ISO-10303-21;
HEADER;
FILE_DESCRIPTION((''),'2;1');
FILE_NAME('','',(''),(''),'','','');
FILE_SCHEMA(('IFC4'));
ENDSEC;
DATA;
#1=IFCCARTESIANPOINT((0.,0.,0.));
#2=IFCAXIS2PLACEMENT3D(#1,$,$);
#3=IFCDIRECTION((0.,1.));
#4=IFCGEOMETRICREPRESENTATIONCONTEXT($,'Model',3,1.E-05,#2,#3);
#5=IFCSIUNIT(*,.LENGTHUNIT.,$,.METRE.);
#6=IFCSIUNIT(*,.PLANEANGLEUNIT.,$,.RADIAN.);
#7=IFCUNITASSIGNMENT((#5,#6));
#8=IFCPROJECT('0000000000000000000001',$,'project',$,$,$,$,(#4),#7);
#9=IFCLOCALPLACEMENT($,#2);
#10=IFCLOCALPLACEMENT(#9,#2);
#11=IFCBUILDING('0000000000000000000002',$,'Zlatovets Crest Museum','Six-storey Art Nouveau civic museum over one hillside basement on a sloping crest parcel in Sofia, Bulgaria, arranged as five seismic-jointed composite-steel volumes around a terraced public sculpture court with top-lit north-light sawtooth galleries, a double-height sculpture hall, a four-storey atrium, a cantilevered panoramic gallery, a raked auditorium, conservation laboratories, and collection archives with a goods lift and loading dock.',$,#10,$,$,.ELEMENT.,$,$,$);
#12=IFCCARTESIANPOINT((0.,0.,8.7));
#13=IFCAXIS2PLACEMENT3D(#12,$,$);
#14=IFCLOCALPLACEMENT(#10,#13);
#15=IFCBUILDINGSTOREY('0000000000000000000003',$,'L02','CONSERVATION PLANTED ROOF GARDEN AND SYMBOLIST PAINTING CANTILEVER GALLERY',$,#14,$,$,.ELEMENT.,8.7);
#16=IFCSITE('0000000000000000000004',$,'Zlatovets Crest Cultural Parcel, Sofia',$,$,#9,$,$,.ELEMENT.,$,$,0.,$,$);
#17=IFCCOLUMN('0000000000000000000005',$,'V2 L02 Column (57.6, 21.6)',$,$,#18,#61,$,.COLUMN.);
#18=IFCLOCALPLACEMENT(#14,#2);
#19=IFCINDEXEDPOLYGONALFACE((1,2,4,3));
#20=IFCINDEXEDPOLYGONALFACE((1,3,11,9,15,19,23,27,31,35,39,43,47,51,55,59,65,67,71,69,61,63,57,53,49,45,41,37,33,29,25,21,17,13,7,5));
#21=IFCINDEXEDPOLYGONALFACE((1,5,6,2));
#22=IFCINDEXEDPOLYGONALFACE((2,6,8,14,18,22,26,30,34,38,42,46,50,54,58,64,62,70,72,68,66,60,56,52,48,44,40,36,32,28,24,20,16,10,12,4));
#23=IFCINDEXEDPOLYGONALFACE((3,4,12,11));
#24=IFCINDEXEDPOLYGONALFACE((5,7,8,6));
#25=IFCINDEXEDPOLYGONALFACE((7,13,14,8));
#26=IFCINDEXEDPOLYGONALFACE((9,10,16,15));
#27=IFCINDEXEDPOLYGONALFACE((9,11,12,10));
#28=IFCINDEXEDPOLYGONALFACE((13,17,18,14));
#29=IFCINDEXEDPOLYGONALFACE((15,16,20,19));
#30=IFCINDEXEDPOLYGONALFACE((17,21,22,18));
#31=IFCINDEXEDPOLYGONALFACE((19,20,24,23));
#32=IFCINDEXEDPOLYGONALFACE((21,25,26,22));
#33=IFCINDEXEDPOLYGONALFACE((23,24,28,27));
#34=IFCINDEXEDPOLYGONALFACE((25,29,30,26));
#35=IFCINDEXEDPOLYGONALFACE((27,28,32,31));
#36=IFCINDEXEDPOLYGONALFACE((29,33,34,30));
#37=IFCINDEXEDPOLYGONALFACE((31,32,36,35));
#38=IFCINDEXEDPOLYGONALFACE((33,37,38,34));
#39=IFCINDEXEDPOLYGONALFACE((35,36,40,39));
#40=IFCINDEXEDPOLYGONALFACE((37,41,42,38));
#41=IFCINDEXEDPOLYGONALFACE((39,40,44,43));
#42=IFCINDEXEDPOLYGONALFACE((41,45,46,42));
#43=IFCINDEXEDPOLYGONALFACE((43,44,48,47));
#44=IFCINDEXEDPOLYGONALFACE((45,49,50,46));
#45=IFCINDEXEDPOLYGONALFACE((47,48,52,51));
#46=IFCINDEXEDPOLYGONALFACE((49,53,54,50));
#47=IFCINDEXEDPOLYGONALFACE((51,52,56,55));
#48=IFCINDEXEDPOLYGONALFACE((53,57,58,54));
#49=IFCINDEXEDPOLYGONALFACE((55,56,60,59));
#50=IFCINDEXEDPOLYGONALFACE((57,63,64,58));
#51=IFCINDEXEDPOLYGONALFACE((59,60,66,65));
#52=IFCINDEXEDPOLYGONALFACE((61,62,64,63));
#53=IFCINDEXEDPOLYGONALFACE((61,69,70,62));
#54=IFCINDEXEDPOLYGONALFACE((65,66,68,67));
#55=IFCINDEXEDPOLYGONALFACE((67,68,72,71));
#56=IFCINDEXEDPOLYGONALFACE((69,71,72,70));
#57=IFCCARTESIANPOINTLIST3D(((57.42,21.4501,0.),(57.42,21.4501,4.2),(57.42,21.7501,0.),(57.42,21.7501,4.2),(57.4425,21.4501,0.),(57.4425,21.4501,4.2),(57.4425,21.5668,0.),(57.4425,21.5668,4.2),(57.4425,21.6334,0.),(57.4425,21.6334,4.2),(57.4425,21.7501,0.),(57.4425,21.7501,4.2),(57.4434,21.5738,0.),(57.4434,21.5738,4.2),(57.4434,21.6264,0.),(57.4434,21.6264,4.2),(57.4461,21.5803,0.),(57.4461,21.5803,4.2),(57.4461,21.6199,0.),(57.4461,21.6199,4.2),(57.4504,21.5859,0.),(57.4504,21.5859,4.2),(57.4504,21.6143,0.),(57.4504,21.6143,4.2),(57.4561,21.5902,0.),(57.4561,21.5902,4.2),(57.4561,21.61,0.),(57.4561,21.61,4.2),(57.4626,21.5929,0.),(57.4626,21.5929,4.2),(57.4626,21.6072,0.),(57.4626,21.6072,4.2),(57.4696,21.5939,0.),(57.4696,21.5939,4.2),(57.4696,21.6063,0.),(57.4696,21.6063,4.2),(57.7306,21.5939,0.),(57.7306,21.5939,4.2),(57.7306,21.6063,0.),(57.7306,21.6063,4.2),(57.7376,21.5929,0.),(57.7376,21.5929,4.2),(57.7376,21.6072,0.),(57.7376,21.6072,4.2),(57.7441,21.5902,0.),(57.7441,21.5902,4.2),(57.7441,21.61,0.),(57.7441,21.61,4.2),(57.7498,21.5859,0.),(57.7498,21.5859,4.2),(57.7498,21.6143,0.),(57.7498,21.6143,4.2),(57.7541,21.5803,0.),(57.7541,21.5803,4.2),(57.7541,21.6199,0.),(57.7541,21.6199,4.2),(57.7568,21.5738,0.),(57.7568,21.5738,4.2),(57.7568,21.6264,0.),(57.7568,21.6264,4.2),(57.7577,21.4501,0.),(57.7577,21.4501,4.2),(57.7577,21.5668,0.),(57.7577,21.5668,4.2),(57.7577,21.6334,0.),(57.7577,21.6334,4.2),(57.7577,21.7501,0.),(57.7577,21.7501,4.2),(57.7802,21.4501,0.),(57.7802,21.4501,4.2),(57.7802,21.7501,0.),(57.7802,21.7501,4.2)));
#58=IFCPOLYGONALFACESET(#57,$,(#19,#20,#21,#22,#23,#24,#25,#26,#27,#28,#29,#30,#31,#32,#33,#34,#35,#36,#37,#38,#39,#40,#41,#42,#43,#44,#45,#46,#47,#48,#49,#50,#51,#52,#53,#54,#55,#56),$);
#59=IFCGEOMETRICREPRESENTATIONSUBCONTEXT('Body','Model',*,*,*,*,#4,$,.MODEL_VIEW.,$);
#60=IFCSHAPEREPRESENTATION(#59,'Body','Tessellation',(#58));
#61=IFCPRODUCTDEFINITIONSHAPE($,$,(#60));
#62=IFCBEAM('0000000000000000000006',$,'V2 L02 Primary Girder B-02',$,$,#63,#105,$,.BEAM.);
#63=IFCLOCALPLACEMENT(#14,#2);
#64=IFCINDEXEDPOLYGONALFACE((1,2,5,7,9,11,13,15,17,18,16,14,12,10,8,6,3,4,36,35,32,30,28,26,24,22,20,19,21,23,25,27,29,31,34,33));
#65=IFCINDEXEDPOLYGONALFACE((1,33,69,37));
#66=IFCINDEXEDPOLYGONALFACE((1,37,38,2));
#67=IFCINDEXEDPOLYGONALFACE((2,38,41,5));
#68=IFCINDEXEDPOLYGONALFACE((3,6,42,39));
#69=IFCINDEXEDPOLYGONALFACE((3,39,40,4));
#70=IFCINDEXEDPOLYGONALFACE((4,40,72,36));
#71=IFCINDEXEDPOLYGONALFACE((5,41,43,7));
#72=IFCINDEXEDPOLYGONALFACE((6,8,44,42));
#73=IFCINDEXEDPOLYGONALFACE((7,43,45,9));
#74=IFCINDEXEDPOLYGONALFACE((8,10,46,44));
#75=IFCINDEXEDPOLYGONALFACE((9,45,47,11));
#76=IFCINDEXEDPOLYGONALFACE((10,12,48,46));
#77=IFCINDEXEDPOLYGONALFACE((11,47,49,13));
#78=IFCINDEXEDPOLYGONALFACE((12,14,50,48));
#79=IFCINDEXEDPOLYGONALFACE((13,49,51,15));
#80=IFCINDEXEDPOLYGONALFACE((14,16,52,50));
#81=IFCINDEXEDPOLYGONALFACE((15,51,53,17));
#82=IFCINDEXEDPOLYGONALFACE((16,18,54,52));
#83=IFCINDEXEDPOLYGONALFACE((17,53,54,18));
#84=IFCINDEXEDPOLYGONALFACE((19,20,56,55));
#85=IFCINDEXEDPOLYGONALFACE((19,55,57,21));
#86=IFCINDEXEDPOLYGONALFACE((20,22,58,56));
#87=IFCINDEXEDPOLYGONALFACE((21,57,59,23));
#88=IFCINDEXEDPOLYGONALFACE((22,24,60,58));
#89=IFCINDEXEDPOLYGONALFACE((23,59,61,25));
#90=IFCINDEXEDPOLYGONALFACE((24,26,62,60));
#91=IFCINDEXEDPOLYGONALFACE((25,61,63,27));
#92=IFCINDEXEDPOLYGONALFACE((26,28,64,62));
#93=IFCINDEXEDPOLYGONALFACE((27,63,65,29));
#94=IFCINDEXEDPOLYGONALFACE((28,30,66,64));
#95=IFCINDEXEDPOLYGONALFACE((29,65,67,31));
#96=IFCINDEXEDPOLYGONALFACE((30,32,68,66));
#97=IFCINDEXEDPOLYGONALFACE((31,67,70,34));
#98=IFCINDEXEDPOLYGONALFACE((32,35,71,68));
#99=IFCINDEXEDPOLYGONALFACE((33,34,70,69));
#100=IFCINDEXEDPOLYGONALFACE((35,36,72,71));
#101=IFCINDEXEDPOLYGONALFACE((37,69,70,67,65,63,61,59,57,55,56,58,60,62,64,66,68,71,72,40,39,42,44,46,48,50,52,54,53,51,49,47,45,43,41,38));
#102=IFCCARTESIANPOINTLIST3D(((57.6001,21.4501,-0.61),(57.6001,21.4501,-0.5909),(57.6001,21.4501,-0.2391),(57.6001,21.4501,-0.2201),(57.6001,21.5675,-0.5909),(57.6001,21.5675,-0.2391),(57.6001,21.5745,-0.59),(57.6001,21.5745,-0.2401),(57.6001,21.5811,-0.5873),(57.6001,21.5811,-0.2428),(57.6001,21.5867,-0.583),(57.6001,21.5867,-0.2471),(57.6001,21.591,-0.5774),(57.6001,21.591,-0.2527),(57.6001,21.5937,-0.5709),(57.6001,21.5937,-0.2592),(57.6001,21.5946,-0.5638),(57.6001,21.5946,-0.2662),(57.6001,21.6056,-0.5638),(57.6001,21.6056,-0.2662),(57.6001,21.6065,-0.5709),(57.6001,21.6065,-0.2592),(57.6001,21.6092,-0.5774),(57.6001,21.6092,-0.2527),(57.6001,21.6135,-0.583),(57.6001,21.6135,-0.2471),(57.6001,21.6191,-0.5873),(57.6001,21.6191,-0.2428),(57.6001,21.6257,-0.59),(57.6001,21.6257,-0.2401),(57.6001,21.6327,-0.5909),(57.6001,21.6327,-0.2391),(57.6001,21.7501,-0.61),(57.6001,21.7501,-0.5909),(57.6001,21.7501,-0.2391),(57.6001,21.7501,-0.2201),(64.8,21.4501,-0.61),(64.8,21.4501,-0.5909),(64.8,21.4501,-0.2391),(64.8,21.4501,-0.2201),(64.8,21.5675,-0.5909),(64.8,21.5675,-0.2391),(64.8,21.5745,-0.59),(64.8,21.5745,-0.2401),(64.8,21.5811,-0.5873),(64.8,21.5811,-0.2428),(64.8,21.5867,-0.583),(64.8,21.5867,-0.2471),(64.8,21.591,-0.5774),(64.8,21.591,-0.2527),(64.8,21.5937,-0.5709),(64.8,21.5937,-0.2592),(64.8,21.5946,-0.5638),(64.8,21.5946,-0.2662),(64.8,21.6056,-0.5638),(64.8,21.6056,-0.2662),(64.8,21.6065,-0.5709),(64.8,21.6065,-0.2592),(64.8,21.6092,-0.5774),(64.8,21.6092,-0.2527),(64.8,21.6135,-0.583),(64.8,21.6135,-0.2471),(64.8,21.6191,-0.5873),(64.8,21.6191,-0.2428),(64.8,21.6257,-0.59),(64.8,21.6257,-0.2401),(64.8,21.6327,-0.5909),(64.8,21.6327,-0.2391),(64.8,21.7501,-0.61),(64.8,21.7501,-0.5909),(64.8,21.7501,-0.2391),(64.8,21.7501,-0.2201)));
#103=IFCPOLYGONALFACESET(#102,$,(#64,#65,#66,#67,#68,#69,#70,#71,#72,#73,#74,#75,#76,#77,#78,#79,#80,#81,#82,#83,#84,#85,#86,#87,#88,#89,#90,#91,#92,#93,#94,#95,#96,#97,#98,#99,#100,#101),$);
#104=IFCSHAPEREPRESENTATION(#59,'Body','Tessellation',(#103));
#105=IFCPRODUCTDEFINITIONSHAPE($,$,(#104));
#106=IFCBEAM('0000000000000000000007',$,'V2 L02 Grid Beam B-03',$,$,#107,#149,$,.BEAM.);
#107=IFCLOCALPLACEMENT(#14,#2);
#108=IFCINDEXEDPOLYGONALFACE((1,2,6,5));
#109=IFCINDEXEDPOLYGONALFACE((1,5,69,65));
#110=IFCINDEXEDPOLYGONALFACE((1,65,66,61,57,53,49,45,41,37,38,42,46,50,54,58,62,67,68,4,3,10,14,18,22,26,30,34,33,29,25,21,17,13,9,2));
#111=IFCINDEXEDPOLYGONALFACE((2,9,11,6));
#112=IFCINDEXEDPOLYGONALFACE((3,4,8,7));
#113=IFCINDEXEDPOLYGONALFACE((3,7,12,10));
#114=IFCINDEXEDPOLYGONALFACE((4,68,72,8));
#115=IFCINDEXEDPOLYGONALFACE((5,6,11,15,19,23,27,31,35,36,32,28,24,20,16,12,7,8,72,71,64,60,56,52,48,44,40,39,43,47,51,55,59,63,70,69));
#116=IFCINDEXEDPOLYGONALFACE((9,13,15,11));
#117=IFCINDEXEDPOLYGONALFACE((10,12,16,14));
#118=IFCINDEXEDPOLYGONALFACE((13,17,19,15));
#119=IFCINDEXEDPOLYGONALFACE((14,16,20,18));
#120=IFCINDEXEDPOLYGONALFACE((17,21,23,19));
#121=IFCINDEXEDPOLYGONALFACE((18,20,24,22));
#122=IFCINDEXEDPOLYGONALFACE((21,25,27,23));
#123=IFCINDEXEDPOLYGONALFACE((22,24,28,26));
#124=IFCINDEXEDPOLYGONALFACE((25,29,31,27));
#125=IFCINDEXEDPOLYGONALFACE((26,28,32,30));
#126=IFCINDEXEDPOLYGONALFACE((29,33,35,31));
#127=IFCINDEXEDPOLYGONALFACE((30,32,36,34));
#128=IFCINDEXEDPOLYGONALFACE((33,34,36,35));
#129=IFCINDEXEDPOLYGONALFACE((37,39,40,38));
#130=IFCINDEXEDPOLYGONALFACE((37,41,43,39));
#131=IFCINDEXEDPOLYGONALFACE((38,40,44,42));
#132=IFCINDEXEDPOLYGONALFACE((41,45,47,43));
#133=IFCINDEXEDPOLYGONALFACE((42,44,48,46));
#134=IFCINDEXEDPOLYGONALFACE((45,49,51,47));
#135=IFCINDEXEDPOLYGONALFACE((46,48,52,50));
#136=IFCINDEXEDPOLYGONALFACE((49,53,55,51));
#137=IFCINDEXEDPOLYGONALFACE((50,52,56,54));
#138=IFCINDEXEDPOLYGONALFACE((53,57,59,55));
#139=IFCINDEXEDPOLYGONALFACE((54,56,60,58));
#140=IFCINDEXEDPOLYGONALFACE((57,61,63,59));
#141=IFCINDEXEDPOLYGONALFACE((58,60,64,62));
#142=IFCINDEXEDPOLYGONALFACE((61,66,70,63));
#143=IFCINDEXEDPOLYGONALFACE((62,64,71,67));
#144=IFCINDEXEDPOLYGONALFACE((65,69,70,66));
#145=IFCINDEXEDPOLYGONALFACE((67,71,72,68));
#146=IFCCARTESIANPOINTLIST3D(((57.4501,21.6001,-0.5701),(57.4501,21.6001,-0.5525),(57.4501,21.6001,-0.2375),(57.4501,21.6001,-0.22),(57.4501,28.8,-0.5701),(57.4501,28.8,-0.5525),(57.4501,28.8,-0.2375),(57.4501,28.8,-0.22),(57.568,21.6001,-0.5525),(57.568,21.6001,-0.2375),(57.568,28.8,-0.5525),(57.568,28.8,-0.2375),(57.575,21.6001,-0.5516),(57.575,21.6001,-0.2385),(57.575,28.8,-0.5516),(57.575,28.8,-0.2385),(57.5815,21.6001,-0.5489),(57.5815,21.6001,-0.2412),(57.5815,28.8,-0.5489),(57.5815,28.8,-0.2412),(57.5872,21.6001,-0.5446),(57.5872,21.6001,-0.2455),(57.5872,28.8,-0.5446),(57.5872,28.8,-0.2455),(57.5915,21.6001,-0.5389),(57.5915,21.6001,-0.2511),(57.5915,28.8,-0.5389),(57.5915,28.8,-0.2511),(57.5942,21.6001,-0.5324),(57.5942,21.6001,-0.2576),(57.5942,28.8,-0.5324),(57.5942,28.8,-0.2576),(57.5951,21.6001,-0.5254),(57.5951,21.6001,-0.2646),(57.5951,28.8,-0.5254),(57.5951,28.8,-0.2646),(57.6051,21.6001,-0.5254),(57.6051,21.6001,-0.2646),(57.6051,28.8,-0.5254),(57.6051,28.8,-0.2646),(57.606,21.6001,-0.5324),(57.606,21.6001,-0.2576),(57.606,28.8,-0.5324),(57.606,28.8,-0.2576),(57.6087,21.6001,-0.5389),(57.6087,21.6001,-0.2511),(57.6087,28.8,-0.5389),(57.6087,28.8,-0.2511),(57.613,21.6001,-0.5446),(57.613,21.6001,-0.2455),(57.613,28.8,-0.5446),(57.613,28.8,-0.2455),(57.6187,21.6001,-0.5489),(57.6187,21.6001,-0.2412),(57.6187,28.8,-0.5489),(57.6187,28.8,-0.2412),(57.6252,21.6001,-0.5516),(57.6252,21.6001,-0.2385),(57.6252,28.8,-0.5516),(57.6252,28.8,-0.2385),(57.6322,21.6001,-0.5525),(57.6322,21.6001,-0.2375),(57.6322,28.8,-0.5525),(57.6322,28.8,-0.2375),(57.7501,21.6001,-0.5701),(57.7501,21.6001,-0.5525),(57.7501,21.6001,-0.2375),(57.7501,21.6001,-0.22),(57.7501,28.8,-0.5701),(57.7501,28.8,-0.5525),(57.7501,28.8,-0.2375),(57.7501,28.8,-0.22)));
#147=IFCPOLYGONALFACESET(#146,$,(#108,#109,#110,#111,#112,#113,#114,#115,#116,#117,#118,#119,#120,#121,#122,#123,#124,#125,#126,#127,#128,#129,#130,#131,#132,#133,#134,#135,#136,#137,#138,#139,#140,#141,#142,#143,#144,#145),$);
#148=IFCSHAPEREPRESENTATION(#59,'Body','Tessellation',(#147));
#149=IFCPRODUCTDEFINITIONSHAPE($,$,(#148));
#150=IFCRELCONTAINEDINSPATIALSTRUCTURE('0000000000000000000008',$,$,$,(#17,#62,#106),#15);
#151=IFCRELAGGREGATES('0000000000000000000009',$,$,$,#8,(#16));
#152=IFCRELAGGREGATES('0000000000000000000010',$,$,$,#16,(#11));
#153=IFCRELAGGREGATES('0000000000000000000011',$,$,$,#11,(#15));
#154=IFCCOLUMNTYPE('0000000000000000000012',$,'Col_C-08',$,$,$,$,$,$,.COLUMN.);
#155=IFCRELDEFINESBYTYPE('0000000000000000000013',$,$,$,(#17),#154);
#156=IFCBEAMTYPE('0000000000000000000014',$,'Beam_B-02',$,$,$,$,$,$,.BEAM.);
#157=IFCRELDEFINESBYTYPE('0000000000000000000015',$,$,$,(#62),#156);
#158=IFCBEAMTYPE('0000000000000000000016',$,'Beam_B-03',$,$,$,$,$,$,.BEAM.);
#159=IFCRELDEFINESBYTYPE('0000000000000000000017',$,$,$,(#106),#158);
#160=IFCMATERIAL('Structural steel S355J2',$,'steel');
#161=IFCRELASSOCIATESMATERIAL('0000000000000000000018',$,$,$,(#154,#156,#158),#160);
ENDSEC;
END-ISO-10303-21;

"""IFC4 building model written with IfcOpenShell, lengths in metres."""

from ifc_helpers import new_model, si_unit, direction, frame, origin, origin_2d, place, context, subcontext, project, spatial, i_section, extrude, material, material_profile, profile_set, type_object, element, save


model = new_model("IFC4")

# Units and contexts
model_context = context("Model", 3, precision=1e-05, world=origin(), true_north=direction((0.0, 1.0)))
body_context = subcontext(model_context, "Body", "Model", "MODEL_VIEW")
ifc_project = project(units=[si_unit("LENGTHUNIT", "METRE"), si_unit("PLANEANGLEUNIT", "RADIAN")], contexts=[model_context])

# Site, building, storey
site_placement = place(None, origin())
site = spatial("IfcSite", under=ifc_project, at=site_placement, Name="Zlatovets Crest Cultural Parcel, Sofia", CompositionType="ELEMENT", RefElevation=0.0)
building_placement = place(site_placement, origin())
building = spatial("IfcBuilding", under=site, at=building_placement, Name="Zlatovets Crest Museum", Description="Six-storey Art Nouveau civic museum over one hillside basement on a sloping crest parcel in Sofia, Bulgaria, arranged as five seismic-jointed composite-steel volumes around a terraced public sculpture court with top-lit north-light sawtooth galleries, a double-height sculpture hall, a four-storey atrium, a cantilevered panoramic gallery, a raked auditorium, conservation laboratories, and collection archives with a goods lift and loading dock.", CompositionType="ELEMENT")
storey_placement = place(building_placement, frame((0.0, 0.0, 8.7)))
storey = spatial("IfcBuildingStorey", under=building, at=storey_placement, Name="L02", Description="CONSERVATION PLANTED ROOF GARDEN AND SYMBOLIST PAINTING CANTILEVER GALLERY", CompositionType="ELEMENT", Elevation=8.7)

# Column
ifc_material_1 = material(Name="Structural steel S355J2", Category="steel")
ifc_material_profile_1 = material_profile(ifc_material_1, i_section(OverallWidth=0.3, OverallDepth=0.3601, WebThickness=0.0125, FlangeThickness=0.0225, FilletRadius=0.0271, at=origin_2d()), Name="HEB 360")
ifc_profile_set_1 = profile_set([ifc_material_profile_1], Name="Structural steel S355J2")
column_type = type_object("IfcColumnType", Name="Col_C-08", PredefinedType="COLUMN", material=ifc_profile_set_1)
column_placement = place(storey_placement, frame((57.6001, 21.6001, 0.0), z_axis=(0.0, 0.0, 1.0), x_axis=(0.0, 1.0, 0.0)))
element("IfcColumn", 1, at=column_placement, inside=storey, type_object=column_type, Name="V2 L02 Column (57.6, 21.6)", PredefinedType="COLUMN", context=body_context, shape_type="SweptSolid", body=[
    extrude(i_section(OverallWidth=0.3, OverallDepth=0.3601, WebThickness=0.0125, FlangeThickness=0.0225, FilletRadius=0.0271, at=origin_2d()), origin(), (0.0, 0.0, 1.0), 4.2),
])

# Beams
ifc_material_profile_2 = material_profile(ifc_material_1, i_section(OverallWidth=0.3, OverallDepth=0.3899, WebThickness=0.011, FlangeThickness=0.019, FilletRadius=0.0271, at=origin_2d()), Name="HEA 400")
ifc_profile_set_2 = profile_set([ifc_material_profile_2], Name="Structural steel S355J2")
beam_type_1 = type_object("IfcBeamType", Name="Beam_B-02", PredefinedType="BEAM", material=ifc_profile_set_2)
beam_1_placement = place(storey_placement, frame((57.6001, 21.6001, -0.415), z_axis=(1.0, 0.0, 0.0), x_axis=(0.0, 1.0, 0.0)))
element("IfcBeam", 2, at=beam_1_placement, inside=storey, type_object=beam_type_1, Name="V2 L02 Primary Girder B-02", PredefinedType="BEAM", context=body_context, shape_type="SweptSolid", body=[
    extrude(i_section(OverallWidth=0.3, OverallDepth=0.3899, WebThickness=0.011, FlangeThickness=0.019, FilletRadius=0.0271, at=origin_2d()), origin(), (0.0, 0.0, 1.0), 7.2),
])
ifc_material_profile_3 = material_profile(ifc_material_1, i_section(OverallWidth=0.3, OverallDepth=0.3501, WebThickness=0.01, FlangeThickness=0.0176, FilletRadius=0.0271, at=origin_2d()), Name="HEA 360")
ifc_profile_set_3 = profile_set([ifc_material_profile_3], Name="Structural steel S355J2")
beam_type_2 = type_object("IfcBeamType", Name="Beam_B-03", PredefinedType="BEAM", material=ifc_profile_set_3)
beam_2_placement = place(storey_placement, frame((57.6001, 21.6001, -0.395), z_axis=(0.0, 1.0, 0.0), x_axis=(-1.0, 0.0, 0.0)))
element("IfcBeam", 3, at=beam_2_placement, inside=storey, type_object=beam_type_2, Name="V2 L02 Grid Beam B-03", PredefinedType="BEAM", context=body_context, shape_type="SweptSolid", body=[
    extrude(i_section(OverallWidth=0.3, OverallDepth=0.3501, WebThickness=0.01, FlangeThickness=0.0176, FilletRadius=0.0271, at=origin_2d()), origin(), (0.0, 0.0, 1.0), 7.2),
])

save(model, "model.ifc")
